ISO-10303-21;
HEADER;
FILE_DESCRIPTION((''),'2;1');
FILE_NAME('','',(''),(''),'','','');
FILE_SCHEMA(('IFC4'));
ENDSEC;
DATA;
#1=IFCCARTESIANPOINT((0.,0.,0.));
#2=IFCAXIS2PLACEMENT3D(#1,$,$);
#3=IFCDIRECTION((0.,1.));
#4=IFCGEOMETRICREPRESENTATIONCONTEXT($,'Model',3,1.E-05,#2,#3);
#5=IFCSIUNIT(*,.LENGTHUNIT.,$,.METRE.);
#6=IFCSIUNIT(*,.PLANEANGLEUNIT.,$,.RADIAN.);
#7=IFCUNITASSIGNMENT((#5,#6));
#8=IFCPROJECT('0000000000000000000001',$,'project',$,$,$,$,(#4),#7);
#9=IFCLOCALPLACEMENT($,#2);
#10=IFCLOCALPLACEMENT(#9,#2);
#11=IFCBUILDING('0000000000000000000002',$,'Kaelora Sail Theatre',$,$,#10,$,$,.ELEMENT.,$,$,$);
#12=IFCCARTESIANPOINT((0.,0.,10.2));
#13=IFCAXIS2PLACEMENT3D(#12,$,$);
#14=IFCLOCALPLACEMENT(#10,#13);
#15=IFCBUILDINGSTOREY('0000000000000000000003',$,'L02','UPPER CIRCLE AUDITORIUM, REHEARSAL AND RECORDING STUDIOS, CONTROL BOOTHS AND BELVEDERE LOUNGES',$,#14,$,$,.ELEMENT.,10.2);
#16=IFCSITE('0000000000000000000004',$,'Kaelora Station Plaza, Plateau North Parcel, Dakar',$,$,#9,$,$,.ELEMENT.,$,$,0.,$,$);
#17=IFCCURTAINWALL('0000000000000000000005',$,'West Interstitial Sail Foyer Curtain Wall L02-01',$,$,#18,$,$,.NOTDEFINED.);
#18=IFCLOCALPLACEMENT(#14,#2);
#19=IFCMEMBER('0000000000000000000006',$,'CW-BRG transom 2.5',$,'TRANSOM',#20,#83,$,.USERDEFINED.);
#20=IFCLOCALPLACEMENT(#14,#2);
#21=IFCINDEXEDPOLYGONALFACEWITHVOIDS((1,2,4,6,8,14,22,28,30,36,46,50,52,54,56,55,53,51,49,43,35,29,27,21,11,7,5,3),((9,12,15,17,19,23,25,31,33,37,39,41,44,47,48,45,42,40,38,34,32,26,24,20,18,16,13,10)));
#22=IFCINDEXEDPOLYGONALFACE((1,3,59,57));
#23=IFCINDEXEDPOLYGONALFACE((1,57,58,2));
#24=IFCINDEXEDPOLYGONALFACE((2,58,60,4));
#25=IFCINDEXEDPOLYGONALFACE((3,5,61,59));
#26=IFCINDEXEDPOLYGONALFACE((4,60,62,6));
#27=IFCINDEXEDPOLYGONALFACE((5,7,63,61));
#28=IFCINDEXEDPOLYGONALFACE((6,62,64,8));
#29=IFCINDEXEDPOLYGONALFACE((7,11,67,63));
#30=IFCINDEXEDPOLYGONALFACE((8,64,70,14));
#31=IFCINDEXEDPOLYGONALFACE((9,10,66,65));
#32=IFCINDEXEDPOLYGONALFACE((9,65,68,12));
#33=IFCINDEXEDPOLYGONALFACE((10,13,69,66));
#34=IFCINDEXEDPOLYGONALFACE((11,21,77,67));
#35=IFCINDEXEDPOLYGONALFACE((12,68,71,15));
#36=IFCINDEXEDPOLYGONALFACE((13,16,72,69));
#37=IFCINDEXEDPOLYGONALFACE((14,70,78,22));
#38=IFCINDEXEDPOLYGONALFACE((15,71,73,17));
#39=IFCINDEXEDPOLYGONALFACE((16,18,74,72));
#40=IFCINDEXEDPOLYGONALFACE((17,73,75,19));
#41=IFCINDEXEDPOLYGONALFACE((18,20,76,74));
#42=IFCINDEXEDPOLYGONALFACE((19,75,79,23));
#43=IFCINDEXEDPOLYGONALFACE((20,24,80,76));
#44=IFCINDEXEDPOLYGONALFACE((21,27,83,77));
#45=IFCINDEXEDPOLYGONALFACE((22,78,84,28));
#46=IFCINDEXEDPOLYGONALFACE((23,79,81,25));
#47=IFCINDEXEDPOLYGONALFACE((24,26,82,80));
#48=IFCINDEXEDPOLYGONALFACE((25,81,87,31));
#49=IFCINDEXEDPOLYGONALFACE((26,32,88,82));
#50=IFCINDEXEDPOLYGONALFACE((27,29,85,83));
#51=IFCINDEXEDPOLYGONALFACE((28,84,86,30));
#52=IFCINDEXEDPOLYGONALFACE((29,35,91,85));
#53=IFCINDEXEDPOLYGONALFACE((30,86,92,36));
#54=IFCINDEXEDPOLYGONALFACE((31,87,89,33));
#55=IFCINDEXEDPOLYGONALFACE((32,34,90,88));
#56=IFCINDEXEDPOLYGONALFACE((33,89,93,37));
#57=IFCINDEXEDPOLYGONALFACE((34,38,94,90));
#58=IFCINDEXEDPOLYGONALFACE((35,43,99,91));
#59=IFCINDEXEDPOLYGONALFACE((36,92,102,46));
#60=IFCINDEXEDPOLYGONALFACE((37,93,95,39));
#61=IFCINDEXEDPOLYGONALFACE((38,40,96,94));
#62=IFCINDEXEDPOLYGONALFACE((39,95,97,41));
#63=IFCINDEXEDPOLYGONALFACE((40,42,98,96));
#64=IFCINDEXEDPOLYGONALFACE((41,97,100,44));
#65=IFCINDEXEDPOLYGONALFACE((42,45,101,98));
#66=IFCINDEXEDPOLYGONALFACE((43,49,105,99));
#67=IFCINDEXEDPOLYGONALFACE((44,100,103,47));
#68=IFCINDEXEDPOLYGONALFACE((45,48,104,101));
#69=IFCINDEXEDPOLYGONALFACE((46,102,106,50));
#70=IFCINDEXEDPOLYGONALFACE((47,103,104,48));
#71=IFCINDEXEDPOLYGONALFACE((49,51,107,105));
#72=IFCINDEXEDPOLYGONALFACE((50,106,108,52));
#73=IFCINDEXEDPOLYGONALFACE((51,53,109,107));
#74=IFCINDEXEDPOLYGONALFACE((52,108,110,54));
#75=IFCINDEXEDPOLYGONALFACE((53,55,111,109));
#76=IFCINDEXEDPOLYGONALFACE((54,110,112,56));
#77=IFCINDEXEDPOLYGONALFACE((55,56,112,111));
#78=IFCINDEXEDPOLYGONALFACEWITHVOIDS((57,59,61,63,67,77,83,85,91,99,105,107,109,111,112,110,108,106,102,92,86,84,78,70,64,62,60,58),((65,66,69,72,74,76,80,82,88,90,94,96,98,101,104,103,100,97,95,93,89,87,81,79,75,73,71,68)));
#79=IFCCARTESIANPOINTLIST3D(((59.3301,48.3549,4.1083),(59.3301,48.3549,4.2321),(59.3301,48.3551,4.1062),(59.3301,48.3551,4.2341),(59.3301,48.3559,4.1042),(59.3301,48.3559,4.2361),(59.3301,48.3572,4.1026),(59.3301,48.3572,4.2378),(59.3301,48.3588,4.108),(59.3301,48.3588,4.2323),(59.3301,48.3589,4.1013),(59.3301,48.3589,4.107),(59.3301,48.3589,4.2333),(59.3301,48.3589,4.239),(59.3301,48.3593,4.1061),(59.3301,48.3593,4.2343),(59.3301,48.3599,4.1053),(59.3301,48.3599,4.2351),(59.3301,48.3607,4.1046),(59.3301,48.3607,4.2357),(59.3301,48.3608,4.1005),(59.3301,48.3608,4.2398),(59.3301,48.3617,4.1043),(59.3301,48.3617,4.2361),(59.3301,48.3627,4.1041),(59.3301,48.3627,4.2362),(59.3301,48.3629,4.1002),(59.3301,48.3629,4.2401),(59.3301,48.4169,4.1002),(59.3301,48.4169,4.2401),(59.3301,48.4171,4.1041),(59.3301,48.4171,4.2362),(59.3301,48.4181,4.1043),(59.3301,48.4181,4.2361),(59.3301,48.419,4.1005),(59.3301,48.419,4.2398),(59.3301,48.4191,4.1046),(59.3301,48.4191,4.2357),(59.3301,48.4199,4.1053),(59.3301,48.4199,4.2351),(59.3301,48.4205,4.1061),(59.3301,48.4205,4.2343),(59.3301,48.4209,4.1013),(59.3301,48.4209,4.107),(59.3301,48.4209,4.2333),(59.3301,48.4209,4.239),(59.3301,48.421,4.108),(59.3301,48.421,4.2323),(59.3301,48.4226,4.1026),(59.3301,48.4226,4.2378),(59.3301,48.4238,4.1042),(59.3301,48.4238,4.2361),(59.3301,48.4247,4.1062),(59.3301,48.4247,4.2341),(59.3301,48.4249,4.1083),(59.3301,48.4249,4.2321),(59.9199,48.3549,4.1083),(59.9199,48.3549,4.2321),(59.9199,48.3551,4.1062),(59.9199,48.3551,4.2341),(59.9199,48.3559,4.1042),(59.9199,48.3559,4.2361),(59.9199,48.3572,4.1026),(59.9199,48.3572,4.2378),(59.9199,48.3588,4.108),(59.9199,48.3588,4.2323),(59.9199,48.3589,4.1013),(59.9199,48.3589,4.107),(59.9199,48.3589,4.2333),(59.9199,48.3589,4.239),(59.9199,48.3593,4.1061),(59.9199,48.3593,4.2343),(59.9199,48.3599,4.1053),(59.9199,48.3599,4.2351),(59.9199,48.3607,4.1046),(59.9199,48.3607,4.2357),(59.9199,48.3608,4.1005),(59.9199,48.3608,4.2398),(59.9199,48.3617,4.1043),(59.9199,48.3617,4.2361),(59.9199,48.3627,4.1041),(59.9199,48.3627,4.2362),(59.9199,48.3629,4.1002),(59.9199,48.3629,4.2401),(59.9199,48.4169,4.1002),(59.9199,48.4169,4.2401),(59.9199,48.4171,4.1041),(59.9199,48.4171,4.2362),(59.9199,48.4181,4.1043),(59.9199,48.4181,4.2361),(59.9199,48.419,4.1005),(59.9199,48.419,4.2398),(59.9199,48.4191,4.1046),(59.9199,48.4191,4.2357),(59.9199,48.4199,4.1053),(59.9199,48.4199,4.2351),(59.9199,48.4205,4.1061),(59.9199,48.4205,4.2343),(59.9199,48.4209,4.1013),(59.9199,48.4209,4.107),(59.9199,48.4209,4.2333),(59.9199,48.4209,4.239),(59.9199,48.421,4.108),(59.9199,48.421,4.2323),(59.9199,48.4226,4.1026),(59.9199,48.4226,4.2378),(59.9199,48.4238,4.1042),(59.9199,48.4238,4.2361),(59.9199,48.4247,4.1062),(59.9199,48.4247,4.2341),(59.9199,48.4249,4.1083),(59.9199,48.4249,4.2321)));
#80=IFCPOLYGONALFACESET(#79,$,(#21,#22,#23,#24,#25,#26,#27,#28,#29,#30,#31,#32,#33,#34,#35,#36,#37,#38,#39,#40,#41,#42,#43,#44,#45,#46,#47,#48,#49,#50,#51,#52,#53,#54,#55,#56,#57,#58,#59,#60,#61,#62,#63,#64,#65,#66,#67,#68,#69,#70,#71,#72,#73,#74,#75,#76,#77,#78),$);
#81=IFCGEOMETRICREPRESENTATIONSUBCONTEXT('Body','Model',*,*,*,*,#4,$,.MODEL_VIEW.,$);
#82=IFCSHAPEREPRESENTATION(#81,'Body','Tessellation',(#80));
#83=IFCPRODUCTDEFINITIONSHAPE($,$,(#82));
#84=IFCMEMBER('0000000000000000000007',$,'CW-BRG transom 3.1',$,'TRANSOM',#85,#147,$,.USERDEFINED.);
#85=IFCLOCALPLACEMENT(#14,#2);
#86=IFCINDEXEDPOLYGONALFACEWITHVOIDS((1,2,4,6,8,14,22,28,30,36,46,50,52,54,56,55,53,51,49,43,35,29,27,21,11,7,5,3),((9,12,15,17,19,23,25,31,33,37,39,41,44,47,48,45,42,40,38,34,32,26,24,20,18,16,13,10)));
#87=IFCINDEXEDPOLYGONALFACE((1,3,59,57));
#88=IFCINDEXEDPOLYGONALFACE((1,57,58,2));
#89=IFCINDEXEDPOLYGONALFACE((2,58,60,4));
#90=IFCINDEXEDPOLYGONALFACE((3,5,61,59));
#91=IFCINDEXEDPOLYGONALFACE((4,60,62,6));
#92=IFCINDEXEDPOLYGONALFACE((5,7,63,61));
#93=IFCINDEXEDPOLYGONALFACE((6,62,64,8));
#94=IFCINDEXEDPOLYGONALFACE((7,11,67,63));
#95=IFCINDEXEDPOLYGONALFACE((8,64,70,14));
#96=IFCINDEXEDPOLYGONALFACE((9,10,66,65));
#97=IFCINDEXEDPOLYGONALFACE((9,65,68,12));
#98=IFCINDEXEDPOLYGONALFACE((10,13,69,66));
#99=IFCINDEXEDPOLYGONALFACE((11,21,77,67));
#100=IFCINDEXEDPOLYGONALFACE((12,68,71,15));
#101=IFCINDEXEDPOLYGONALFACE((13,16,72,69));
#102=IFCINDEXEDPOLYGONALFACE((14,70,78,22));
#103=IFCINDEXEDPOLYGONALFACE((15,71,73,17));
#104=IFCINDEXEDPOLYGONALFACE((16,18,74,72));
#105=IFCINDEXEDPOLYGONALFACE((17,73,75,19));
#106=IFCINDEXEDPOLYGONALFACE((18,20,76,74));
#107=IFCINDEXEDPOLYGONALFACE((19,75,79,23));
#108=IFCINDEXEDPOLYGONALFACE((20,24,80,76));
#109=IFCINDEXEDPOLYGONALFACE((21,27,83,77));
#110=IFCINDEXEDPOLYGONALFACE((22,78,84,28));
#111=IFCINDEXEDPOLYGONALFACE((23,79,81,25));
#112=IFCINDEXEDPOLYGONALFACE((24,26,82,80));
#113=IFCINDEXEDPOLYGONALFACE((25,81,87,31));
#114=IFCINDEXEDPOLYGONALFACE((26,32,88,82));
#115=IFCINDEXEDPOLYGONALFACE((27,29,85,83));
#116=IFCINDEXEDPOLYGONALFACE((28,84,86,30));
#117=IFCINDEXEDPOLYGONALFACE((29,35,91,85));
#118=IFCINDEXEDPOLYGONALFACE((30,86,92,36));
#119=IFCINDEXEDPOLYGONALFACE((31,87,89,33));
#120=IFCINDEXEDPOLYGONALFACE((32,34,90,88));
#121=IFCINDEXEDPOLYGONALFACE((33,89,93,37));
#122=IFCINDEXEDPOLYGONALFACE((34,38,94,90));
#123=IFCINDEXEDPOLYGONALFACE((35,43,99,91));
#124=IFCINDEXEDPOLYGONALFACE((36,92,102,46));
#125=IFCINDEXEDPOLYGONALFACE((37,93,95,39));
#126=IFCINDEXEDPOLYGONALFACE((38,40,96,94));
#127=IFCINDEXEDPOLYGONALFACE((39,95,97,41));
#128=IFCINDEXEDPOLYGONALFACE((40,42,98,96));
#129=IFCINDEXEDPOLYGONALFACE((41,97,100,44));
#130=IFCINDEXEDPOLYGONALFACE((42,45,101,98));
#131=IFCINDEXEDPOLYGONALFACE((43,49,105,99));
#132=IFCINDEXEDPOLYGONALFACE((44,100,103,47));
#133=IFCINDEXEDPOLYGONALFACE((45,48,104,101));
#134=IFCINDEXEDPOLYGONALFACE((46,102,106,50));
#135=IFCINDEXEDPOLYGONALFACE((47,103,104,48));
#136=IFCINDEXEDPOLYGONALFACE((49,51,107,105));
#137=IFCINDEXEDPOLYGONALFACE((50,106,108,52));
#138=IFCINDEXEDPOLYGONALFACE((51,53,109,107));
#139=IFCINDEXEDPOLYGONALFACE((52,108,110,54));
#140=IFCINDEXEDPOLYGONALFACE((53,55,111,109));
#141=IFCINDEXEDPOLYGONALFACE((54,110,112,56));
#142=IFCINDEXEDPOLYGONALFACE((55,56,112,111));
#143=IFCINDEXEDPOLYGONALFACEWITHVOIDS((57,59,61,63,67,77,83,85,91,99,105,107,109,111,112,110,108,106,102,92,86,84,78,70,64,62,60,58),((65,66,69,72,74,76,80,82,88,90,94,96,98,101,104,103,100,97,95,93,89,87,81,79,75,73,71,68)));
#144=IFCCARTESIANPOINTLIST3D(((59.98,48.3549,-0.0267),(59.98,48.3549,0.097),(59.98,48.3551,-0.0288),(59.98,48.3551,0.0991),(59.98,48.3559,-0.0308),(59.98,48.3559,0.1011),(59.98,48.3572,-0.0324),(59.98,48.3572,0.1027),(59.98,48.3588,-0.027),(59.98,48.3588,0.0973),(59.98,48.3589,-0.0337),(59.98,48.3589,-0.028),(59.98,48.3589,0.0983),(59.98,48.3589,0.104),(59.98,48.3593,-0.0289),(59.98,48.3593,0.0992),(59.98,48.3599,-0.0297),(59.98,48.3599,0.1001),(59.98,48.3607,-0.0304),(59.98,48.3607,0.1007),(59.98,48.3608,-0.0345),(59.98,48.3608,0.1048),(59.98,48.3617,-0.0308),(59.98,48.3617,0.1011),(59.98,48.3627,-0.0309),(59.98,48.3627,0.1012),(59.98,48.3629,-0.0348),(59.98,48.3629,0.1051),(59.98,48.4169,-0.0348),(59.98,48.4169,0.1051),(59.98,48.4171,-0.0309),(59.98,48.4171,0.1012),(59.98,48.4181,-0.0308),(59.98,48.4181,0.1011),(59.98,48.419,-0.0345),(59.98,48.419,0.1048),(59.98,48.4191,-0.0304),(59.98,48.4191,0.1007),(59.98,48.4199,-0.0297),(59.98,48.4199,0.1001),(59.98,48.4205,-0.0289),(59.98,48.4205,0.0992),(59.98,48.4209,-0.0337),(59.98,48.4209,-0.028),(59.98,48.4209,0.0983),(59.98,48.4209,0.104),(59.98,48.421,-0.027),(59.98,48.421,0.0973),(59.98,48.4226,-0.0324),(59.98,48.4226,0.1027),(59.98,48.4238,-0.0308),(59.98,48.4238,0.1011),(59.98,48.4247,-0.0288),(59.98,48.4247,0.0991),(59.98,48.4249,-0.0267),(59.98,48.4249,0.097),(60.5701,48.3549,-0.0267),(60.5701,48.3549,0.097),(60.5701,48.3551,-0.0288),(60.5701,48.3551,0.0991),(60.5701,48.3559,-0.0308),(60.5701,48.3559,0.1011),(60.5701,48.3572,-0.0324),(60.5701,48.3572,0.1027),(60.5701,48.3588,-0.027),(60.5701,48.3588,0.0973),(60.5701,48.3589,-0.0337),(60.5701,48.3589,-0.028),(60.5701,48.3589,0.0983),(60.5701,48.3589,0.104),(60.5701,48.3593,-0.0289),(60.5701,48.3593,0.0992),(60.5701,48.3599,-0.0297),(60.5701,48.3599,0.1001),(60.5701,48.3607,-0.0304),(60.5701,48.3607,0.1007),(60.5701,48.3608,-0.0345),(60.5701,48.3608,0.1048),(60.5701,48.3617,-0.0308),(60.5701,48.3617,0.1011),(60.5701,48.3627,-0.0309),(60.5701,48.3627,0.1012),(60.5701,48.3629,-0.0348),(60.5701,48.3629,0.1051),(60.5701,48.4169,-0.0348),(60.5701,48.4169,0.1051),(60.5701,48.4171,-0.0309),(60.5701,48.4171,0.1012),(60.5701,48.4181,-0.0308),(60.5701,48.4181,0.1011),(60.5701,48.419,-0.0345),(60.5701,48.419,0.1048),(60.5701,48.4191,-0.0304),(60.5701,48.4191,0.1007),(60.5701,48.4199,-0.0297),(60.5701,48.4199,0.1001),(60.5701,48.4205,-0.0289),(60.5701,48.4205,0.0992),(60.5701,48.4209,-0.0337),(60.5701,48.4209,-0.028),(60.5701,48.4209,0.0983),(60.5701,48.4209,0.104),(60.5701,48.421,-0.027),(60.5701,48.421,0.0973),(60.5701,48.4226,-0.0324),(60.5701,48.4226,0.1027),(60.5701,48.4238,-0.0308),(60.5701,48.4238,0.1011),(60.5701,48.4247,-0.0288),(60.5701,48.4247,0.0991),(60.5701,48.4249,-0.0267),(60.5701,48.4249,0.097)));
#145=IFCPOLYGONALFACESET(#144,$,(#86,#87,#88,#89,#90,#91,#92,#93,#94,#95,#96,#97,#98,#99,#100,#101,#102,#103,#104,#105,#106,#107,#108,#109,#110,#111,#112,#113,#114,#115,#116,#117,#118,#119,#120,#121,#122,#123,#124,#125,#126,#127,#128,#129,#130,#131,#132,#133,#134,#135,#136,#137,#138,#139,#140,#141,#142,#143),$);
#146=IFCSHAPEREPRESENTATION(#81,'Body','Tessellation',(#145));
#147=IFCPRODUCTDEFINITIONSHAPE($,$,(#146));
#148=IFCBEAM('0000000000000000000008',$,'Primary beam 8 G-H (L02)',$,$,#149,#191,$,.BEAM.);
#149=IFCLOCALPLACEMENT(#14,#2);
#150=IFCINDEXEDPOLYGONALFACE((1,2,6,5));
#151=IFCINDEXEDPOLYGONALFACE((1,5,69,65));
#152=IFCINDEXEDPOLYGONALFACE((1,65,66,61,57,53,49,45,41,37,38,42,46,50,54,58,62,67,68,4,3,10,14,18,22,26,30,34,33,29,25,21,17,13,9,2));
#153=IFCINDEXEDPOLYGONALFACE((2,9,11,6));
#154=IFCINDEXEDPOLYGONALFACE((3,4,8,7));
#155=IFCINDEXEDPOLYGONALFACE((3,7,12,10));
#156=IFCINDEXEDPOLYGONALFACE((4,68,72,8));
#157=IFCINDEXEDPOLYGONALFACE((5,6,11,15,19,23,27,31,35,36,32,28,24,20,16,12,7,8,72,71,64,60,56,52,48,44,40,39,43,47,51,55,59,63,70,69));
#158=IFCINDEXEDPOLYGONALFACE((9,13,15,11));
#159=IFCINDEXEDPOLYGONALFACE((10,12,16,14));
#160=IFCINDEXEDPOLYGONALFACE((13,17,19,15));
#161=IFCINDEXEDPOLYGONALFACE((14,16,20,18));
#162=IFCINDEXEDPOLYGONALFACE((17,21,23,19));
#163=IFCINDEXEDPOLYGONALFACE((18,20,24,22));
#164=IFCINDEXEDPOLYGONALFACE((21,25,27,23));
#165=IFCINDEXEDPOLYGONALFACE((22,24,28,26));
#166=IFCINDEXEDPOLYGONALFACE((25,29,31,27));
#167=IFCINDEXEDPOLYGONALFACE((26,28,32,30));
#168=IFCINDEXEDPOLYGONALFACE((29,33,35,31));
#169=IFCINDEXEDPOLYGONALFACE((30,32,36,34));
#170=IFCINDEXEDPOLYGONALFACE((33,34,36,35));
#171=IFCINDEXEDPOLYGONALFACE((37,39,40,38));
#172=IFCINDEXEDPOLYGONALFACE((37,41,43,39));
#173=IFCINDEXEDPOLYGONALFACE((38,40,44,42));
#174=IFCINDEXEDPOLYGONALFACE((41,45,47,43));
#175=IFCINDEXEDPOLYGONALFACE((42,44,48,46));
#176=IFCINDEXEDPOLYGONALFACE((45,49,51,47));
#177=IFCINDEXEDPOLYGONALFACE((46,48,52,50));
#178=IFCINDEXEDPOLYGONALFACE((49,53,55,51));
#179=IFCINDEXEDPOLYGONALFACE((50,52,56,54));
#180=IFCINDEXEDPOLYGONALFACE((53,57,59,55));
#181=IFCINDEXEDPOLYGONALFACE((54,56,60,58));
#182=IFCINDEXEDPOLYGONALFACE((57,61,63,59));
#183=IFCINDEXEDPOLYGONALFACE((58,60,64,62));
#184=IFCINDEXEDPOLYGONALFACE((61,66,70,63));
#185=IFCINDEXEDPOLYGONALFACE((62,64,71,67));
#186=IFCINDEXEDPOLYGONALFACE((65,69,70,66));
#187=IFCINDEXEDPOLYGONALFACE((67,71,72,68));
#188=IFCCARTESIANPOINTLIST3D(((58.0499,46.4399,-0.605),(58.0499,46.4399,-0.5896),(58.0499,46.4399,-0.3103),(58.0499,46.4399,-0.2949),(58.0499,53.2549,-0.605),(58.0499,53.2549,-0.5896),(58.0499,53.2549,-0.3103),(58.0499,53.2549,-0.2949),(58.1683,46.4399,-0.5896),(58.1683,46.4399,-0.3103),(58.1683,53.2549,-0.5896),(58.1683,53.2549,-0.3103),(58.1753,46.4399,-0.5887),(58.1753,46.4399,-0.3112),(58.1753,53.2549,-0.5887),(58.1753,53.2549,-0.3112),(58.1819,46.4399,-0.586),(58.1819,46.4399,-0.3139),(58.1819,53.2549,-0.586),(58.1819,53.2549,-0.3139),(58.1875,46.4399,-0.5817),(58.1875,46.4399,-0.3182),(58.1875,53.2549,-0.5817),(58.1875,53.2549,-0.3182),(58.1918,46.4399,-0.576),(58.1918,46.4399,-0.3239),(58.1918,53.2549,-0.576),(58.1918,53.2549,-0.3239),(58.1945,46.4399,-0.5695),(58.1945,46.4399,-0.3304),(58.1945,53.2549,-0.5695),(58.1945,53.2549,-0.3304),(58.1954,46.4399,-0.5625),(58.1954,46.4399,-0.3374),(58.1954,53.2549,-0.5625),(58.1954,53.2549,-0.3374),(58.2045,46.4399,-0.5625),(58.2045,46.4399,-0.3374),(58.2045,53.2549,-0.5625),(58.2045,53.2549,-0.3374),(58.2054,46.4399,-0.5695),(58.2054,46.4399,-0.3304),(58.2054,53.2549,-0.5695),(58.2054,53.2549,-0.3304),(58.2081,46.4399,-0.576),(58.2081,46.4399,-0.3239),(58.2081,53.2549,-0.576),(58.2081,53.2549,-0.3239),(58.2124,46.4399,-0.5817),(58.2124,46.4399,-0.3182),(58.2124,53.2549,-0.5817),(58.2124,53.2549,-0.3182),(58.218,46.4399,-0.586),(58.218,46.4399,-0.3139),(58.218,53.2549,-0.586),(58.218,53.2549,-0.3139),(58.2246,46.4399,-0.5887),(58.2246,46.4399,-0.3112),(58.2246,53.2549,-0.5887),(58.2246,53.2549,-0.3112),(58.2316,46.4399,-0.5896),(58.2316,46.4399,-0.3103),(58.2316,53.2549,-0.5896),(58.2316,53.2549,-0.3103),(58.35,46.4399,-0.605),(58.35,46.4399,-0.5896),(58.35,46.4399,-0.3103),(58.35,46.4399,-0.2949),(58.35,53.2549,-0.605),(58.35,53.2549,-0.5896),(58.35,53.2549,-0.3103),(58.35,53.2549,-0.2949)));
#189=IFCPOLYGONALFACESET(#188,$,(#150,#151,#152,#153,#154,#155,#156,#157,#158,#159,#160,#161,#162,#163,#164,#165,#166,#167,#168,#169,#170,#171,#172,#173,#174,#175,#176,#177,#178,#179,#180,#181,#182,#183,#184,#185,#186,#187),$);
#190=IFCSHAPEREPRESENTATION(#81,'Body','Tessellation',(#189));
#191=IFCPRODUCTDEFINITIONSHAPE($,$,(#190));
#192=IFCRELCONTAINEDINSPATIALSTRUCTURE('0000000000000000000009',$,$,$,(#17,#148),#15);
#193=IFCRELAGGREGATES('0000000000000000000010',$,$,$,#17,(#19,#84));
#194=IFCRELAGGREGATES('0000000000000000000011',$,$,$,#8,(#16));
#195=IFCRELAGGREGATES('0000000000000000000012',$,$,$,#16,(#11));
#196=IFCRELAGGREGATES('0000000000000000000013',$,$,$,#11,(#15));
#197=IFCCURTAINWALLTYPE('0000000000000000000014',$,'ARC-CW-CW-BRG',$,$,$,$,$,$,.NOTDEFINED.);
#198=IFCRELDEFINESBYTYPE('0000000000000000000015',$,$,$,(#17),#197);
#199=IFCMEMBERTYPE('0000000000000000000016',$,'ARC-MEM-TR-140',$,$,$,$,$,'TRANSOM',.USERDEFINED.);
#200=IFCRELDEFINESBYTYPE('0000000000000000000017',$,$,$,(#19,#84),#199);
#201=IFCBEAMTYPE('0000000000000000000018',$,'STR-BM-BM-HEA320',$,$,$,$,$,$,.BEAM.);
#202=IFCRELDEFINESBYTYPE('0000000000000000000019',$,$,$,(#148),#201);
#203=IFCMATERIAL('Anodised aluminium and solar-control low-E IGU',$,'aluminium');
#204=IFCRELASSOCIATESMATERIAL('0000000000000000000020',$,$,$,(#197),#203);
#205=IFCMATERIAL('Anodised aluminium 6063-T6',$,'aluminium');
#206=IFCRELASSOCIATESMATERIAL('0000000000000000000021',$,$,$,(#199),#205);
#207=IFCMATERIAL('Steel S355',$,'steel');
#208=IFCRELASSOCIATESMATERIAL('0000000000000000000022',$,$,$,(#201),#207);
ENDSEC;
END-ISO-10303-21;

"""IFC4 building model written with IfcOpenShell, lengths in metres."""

from ifc_helpers import new_model, si_unit, direction, frame, origin, origin_2d, place, context, subcontext, project, spatial, hollow_rectangle, i_section, extrude, material, material_profile, profile_set, type_object, element, aggregate, save


model = new_model("IFC4")

# Units and contexts
model_context = context("Model", 3, precision=1e-05, world=origin(), true_north=direction((0.0, 1.0)))
body_context = subcontext(model_context, "Body", "Model", "MODEL_VIEW")
ifc_project = project(units=[si_unit("LENGTHUNIT", "METRE"), si_unit("PLANEANGLEUNIT", "RADIAN")], contexts=[model_context])

# Site, building, storey
site_placement = place(None, origin())
site = spatial("IfcSite", under=ifc_project, at=site_placement, Name="Kaelora Station Plaza, Plateau North Parcel, Dakar", CompositionType="ELEMENT", RefElevation=0.0)
building_placement = place(site_placement, origin())
building = spatial("IfcBuilding", under=site, at=building_placement, Name="Kaelora Sail Theatre", CompositionType="ELEMENT")
storey_placement = place(building_placement, frame((0.0, 0.0, 10.2)))
storey = spatial("IfcBuildingStorey", under=building, at=storey_placement, Name="L02", Description="UPPER CIRCLE AUDITORIUM, REHEARSAL AND RECORDING STUDIOS, CONTROL BOOTHS AND BELVEDERE LOUNGES", CompositionType="ELEMENT", Elevation=10.2)

# Curtain wall, members
ifc_material_1 = material(Name="Anodised aluminium and solar-control low-E IGU", Category="aluminium")
curtain_wall_type = type_object("IfcCurtainWallType", Name="ARC-CW-CW-BRG", PredefinedType="NOTDEFINED", material=ifc_material_1)
curtain_wall_placement = place(storey_placement, origin())
curtain_wall = element("IfcCurtainWall", 1, at=curtain_wall_placement, inside=storey, type_object=curtain_wall_type, Name="West Interstitial Sail Foyer Curtain Wall L02-01", PredefinedType="NOTDEFINED")
ifc_material_2 = material(Name="Anodised aluminium 6063-T6", Category="aluminium")
ifc_material_profile_1 = material_profile(ifc_material_2, hollow_rectangle(XDim=0.0701, YDim=0.1399, WallThickness=0.0039, InnerFilletRadius=0.0039, OuterFilletRadius=0.0081, at=origin_2d()), Name="ALU-TRAN 70x140x4")
ifc_profile_set_1 = profile_set([ifc_material_profile_1], Name="Anodised aluminium 6063-T6")
member_type_1 = type_object("IfcMemberType", Name="ARC-MEM-TR-140", ElementType="TRANSOM", PredefinedType="USERDEFINED", material=ifc_profile_set_1)
member_1_placement = place(storey_placement, frame((59.3301, 48.3899, 4.1702), z_axis=(1.0, 0.0, 0.0), x_axis=(0.0, 1.0, 0.0)))
member_1 = element("IfcMember", 2, at=member_1_placement, type_object=member_type_1, Name="CW-BRG transom 2.5", ObjectType="TRANSOM", PredefinedType="USERDEFINED", context=body_context, shape_type="SweptSolid", body=[
    extrude(hollow_rectangle(XDim=0.0701, YDim=0.1399, WallThickness=0.0039, InnerFilletRadius=0.0039, OuterFilletRadius=0.0081, at=origin_2d()), origin(), (0.0, 0.0, 1.0), 0.5898),
])
member_2_placement = place(storey_placement, frame((59.98, 48.3899, 0.0352), z_axis=(1.0, 0.0, 0.0), x_axis=(0.0, 1.0, 0.0)))
member_2 = element("IfcMember", 3, at=member_2_placement, type_object=member_type_1, Name="CW-BRG transom 3.1", ObjectType="TRANSOM", PredefinedType="USERDEFINED", context=body_context, shape_type="SweptSolid", body=[
    extrude(hollow_rectangle(XDim=0.0701, YDim=0.1399, WallThickness=0.0039, InnerFilletRadius=0.0039, OuterFilletRadius=0.0081, at=origin_2d()), origin(), (0.0, 0.0, 1.0), 0.5901),
])

# Beam
ifc_material_3 = material(Name="Steel S355", Category="steel")
ifc_material_profile_2 = material_profile(ifc_material_3, i_section(OverallWidth=0.3, OverallDepth=0.3101, WebThickness=0.009, FlangeThickness=0.0154, FilletRadius=0.0271, at=origin_2d()), Name="HEA 320")
ifc_profile_set_2 = profile_set([ifc_material_profile_2], Name="Steel S355")
beam_type_1 = type_object("IfcBeamType", Name="STR-BM-BM-HEA320", PredefinedType="BEAM", material=ifc_profile_set_2)
beam_1_placement = place(storey_placement, frame((58.2, 46.4399, -0.45), z_axis=(0.0, 1.0, 0.0), x_axis=(-1.0, 0.0, 0.0)))
element("IfcBeam", 4, at=beam_1_placement, inside=storey, type_object=beam_type_1, Name="Primary beam 8 G-H (L02)", PredefinedType="BEAM", context=body_context, shape_type="SweptSolid", body=[
    extrude(i_section(OverallWidth=0.3, OverallDepth=0.3101, WebThickness=0.009, FlangeThickness=0.0154, FilletRadius=0.0271, at=origin_2d()), origin(), (0.0, 0.0, 1.0), 6.8149),
])

aggregate(curtain_wall, [member_1, member_2])

save(model, "model.ifc")
